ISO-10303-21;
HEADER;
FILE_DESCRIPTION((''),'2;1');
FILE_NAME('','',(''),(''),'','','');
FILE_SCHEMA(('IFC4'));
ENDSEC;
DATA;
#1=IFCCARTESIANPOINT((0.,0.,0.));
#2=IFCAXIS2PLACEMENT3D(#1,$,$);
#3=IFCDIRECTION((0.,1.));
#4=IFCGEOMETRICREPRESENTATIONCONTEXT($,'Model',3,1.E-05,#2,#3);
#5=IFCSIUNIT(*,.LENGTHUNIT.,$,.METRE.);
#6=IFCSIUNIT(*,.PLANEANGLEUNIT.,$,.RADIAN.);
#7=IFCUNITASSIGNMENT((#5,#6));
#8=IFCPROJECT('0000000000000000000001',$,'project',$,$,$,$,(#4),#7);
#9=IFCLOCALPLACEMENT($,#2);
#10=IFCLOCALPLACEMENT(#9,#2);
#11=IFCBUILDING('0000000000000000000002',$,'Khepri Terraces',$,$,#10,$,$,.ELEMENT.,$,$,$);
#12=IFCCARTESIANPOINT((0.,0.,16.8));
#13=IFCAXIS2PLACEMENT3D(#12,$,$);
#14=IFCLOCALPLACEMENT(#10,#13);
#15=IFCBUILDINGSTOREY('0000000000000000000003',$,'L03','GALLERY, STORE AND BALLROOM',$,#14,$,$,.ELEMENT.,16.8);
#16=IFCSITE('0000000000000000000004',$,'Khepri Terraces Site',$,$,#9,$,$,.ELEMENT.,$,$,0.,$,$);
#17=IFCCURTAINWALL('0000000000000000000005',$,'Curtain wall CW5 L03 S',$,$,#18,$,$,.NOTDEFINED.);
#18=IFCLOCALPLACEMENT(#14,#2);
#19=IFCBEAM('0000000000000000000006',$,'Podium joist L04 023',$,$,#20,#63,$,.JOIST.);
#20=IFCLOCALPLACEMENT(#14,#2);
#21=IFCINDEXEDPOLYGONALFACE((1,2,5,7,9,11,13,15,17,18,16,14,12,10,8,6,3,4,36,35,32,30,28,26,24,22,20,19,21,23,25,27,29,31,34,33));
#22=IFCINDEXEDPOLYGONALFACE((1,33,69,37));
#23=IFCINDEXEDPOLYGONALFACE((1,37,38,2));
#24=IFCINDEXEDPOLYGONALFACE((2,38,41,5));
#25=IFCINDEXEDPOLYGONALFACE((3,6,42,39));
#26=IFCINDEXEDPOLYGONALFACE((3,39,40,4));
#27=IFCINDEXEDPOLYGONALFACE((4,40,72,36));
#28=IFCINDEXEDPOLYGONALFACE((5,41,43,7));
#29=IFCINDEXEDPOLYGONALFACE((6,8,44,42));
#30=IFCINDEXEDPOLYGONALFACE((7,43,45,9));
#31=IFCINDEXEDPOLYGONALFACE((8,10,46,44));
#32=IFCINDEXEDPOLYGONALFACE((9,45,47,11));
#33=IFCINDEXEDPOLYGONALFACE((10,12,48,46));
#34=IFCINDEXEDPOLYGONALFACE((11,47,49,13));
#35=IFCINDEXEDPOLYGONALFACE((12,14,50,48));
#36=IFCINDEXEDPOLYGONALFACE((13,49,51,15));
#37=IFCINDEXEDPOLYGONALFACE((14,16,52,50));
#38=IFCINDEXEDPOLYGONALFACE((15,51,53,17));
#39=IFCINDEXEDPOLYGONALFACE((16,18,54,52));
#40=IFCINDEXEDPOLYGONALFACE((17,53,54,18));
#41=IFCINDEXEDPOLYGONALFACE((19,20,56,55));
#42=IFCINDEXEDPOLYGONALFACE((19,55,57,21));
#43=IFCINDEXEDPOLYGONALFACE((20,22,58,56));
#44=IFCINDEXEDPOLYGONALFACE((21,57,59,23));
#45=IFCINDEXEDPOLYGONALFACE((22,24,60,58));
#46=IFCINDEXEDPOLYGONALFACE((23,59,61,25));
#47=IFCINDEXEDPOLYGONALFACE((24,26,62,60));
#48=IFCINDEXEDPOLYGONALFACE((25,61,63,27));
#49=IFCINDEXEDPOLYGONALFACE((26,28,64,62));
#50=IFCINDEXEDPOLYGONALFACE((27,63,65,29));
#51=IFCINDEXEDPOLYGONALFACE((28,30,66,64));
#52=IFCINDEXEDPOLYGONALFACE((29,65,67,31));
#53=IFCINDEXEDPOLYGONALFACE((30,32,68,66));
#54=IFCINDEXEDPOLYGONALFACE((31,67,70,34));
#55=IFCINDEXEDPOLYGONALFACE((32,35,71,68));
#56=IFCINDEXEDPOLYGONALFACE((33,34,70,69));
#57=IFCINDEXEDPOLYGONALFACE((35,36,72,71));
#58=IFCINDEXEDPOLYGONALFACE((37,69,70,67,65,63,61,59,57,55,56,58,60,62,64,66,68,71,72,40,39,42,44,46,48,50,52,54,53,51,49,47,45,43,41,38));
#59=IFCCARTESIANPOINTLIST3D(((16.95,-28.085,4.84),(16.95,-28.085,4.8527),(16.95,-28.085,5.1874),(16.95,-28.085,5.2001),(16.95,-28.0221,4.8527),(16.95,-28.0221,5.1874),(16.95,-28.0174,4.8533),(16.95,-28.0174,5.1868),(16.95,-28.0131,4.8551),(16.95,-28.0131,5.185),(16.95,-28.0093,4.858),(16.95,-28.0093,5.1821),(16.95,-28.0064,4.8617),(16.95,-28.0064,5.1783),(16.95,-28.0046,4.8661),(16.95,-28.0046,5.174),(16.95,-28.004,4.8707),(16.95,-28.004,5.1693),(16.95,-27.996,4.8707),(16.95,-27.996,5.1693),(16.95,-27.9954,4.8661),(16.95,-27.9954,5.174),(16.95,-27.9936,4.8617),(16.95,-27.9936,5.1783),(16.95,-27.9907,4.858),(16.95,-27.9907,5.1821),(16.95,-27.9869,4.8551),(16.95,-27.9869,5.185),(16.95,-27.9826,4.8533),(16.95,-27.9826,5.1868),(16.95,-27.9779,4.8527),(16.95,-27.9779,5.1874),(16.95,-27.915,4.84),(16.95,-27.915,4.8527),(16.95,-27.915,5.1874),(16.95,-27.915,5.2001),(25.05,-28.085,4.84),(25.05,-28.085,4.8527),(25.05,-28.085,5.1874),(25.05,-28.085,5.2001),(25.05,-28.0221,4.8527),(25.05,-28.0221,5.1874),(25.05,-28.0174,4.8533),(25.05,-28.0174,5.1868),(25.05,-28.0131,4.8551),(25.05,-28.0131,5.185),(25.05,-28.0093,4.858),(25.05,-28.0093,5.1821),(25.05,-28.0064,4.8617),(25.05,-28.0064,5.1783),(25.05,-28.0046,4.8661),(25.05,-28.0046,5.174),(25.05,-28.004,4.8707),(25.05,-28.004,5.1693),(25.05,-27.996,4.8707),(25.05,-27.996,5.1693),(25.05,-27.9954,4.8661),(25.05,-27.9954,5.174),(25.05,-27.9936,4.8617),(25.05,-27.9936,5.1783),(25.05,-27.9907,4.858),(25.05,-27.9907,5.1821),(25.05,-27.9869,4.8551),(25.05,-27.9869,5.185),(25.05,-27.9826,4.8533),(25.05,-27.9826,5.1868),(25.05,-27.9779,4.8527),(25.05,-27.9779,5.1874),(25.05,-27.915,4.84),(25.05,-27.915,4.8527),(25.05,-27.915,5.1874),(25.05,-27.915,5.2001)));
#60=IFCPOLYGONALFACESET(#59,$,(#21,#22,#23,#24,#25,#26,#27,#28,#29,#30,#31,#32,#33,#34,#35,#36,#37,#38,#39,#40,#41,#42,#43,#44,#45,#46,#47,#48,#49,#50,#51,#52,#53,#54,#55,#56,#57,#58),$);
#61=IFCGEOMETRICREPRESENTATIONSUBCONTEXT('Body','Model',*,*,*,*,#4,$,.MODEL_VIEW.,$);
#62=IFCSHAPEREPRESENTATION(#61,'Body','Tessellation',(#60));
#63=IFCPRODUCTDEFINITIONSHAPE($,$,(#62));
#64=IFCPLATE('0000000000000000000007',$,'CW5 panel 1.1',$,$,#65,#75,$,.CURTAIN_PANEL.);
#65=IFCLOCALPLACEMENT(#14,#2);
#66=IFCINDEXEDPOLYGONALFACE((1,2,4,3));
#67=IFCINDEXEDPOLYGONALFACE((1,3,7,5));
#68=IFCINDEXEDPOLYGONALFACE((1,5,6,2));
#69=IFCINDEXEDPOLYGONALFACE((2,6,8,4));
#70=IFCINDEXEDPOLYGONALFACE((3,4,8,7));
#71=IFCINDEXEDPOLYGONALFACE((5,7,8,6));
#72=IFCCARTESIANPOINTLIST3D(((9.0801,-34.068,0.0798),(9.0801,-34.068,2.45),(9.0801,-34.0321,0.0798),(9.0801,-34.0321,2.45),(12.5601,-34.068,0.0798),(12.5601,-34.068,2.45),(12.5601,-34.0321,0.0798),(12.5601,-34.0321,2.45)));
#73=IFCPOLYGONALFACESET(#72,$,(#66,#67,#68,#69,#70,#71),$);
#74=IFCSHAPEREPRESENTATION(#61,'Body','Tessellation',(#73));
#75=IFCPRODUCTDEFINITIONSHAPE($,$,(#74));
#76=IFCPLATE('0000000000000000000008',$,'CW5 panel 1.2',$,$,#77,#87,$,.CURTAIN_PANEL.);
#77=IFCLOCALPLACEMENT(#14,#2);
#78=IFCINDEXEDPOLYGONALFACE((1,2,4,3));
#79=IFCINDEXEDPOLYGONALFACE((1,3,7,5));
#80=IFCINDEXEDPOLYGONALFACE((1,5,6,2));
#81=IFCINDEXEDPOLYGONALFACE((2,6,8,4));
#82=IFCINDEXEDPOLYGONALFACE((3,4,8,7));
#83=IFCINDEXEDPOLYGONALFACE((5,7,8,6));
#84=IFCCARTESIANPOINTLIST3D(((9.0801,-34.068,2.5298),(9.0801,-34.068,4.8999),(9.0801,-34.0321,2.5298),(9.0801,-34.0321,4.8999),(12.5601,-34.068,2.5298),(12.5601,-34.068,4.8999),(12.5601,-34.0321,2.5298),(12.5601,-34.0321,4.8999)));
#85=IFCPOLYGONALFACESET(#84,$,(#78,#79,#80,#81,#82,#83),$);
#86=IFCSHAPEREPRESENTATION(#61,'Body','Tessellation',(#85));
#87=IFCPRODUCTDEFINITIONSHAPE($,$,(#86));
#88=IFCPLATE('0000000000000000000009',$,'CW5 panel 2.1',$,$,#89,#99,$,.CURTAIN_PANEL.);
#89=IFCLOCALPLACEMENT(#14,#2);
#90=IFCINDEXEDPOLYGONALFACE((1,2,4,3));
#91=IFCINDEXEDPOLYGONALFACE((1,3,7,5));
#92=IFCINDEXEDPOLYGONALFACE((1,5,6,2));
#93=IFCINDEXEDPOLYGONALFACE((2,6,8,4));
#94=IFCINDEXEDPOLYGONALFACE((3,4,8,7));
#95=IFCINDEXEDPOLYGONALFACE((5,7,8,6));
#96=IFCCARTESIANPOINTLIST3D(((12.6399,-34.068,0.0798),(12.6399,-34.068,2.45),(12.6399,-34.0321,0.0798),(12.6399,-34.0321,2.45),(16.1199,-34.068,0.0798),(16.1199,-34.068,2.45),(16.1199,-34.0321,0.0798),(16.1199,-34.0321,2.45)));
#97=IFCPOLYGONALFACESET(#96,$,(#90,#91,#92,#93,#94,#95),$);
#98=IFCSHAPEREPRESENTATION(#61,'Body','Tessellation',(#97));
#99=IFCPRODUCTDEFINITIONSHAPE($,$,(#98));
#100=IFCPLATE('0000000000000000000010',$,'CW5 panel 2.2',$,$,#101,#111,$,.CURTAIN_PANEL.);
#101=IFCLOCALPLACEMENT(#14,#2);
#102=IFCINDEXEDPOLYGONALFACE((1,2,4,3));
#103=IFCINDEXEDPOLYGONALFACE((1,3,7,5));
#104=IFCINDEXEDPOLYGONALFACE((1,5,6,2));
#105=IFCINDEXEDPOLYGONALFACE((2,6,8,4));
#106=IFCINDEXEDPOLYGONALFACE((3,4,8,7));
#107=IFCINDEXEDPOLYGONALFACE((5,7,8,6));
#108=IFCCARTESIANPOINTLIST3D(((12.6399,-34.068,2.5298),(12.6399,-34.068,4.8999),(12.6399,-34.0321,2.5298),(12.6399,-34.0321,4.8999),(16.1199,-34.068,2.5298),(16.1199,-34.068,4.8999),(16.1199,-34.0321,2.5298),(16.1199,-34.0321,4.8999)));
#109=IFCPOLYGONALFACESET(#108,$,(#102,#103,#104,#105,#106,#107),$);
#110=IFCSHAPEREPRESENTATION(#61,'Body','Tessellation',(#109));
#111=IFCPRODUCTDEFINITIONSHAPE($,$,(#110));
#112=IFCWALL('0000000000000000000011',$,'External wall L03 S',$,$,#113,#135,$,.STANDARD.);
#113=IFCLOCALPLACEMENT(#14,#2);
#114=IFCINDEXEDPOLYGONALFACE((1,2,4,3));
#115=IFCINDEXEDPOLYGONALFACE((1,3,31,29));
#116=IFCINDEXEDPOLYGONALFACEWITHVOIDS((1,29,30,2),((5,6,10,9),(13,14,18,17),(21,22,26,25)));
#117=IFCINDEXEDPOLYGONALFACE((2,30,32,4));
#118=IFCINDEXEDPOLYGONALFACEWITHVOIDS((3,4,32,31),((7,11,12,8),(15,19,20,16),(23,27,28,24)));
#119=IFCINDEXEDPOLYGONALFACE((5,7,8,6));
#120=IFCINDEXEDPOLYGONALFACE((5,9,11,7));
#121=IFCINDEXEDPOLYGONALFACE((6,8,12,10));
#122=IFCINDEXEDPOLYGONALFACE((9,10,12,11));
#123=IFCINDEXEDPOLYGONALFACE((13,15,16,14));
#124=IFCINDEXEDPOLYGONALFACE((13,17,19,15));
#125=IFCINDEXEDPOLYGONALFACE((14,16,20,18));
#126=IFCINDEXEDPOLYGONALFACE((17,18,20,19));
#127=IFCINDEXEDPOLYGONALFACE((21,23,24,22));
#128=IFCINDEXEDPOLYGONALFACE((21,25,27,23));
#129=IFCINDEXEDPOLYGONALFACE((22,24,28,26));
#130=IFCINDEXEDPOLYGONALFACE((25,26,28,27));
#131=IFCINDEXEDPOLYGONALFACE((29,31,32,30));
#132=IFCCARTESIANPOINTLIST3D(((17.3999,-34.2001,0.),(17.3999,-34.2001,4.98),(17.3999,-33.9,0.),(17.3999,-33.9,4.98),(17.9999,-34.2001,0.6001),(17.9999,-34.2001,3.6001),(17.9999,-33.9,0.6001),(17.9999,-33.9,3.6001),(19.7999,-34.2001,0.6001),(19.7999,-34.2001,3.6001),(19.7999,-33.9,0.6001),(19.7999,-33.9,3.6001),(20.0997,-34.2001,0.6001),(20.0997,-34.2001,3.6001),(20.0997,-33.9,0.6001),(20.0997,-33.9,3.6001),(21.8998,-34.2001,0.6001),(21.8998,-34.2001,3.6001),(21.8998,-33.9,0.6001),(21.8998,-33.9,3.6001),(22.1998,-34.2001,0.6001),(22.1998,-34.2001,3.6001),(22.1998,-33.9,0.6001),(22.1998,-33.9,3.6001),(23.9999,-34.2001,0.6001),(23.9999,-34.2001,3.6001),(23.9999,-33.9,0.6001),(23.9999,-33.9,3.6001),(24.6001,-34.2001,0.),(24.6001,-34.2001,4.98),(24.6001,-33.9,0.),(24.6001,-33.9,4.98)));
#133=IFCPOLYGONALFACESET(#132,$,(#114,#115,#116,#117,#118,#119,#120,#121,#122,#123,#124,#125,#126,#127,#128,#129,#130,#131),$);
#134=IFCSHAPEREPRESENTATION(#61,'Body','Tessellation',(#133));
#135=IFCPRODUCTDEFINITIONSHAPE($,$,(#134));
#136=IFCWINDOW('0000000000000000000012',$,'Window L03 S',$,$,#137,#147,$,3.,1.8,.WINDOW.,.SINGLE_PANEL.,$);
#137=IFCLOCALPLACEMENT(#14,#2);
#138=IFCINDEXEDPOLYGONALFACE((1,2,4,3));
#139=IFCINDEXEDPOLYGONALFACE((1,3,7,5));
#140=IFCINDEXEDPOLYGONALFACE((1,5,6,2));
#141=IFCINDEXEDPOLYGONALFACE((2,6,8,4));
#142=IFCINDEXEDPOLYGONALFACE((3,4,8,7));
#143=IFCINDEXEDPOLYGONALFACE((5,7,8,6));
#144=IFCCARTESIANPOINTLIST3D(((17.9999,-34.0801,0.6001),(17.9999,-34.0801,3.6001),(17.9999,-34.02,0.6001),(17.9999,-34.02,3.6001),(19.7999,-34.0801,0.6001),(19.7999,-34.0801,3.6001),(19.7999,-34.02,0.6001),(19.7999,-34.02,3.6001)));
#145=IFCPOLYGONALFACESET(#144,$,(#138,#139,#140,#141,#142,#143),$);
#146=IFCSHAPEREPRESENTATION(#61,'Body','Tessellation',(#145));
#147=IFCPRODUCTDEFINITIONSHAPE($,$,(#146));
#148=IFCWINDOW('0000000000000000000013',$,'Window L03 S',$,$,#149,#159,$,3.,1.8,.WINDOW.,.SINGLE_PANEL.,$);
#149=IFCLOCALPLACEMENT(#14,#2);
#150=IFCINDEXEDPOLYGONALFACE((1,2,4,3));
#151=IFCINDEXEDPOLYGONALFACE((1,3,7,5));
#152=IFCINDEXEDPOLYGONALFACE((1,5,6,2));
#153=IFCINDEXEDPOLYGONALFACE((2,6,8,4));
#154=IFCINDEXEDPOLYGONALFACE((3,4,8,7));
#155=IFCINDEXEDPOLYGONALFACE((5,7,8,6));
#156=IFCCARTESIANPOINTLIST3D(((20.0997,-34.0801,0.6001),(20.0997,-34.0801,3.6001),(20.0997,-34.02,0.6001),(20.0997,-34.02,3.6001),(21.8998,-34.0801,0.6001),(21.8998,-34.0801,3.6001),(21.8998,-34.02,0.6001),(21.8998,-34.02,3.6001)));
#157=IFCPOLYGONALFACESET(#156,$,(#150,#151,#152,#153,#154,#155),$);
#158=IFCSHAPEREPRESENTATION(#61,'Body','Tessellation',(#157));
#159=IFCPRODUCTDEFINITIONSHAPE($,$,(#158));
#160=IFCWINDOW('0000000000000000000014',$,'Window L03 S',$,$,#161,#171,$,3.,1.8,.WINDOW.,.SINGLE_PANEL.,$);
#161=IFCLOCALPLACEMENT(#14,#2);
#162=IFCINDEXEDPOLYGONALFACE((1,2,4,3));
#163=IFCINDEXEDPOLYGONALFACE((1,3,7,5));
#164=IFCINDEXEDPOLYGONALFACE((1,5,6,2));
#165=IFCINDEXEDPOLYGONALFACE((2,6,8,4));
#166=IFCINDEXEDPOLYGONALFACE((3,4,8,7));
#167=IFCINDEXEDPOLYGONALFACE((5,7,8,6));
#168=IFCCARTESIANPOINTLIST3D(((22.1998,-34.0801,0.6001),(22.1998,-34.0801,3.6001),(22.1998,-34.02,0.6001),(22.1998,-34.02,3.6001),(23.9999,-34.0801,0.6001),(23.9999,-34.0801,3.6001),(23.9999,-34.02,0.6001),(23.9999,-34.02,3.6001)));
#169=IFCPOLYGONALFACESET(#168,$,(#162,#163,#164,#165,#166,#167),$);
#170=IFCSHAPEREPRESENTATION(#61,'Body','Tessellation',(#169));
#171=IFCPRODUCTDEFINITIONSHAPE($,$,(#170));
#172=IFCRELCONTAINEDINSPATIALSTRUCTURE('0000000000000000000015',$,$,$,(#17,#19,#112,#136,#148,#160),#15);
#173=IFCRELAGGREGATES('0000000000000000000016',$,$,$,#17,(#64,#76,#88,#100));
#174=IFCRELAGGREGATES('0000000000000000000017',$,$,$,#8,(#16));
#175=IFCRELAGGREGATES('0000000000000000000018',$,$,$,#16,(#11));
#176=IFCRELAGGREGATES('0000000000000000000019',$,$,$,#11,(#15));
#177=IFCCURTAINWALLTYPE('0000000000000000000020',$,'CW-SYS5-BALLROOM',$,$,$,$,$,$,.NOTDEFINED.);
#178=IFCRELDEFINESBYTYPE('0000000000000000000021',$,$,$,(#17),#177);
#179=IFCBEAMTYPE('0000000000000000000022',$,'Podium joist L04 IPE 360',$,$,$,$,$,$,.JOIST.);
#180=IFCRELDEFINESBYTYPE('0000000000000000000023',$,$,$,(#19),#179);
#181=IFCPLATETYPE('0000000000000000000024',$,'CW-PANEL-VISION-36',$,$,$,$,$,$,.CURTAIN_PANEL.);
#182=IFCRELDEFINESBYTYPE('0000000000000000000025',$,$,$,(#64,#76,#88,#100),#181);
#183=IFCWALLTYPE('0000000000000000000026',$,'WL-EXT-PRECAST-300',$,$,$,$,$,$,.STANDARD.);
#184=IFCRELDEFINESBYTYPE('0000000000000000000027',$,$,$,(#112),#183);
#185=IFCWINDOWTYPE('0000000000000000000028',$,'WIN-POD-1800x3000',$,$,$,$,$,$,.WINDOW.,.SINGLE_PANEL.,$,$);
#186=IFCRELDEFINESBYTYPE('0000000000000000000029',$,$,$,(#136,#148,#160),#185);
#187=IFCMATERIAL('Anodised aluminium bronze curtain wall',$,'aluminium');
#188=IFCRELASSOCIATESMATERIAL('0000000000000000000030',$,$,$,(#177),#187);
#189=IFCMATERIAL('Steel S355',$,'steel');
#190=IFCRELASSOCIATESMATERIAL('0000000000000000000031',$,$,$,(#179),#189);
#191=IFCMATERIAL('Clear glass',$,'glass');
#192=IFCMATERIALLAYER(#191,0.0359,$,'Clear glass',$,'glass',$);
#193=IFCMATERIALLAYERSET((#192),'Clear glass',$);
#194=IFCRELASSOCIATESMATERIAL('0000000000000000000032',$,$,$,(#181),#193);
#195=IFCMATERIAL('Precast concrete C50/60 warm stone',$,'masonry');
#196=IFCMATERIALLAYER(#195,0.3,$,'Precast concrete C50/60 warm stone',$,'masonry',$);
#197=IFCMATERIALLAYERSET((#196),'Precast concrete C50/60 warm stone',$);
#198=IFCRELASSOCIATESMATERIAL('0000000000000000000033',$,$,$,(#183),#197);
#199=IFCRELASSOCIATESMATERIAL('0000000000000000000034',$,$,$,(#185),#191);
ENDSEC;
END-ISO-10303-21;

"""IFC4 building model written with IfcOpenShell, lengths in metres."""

from ifc_helpers import new_model, si_unit, direction, frame, frame_2d, origin, origin_2d, place, context, subcontext, project, spatial, rectangle, i_section, extrude, material, layer, layer_set, material_profile, profile_set, type_object, element, fill, aggregate, save


model = new_model("IFC4")

# Units and contexts
model_context = context("Model", 3, precision=1e-05, world=origin(), true_north=direction((0.0, 1.0)))
body_context = subcontext(model_context, "Body", "Model", "MODEL_VIEW")
ifc_project = project(units=[si_unit("LENGTHUNIT", "METRE"), si_unit("PLANEANGLEUNIT", "RADIAN")], contexts=[model_context])

# Site, building, storey
site_placement = place(None, origin())
site = spatial("IfcSite", under=ifc_project, at=site_placement, Name="Khepri Terraces Site", CompositionType="ELEMENT", RefElevation=0.0)
building_placement = place(site_placement, origin())
building = spatial("IfcBuilding", under=site, at=building_placement, Name="Khepri Terraces", CompositionType="ELEMENT")
storey_placement = place(building_placement, frame((0.0, 0.0, 16.8)))
storey = spatial("IfcBuildingStorey", under=building, at=storey_placement, Name="L03", Description="GALLERY, STORE AND BALLROOM", CompositionType="ELEMENT", Elevation=16.8)

# Curtain wall
ifc_material_1 = material(Name="Anodised aluminium bronze curtain wall", Category="aluminium")
curtain_wall_type = type_object("IfcCurtainWallType", Name="CW-SYS5-BALLROOM", PredefinedType="NOTDEFINED", material=ifc_material_1)
curtain_wall_placement = place(storey_placement, origin())
curtain_wall = element("IfcCurtainWall", 1, at=curtain_wall_placement, inside=storey, type_object=curtain_wall_type, Name="Curtain wall CW5 L03 S", PredefinedType="NOTDEFINED")

# Beam
ifc_material_2 = material(Name="Steel S355", Category="steel")
ifc_material_profile_1 = material_profile(ifc_material_2, i_section(OverallWidth=0.1699, OverallDepth=0.3601, WebThickness=0.0081, FlangeThickness=0.0127, FilletRadius=0.0181, at=origin_2d()), Name="Steel S355", Category="steel")
ifc_profile_set_1 = profile_set([ifc_material_profile_1], Name="Steel S355")
beam_type_1 = type_object("IfcBeamType", Name="Podium joist L04 IPE 360", PredefinedType="JOIST", material=ifc_profile_set_1)
for number, where, z_axis, x_axis, name in (
    (2, (16.95, -28.0, 5.02), (1.0, 0.0, 0.0), (0.0, 1.0, 0.0), "Podium joist L04 023"),
):
    element("IfcBeam", number, at=place(storey_placement, frame(where, z_axis=z_axis, x_axis=x_axis)), inside=storey, type_object=beam_type_1, Name=name, PredefinedType="JOIST", context=body_context, shape_type="SweptSolid", body=[
        extrude(i_section(OverallWidth=0.1699, OverallDepth=0.3601, WebThickness=0.0081, FlangeThickness=0.0127, FilletRadius=0.0181, at=origin_2d()), origin(), (0.0, 0.0, 1.0), 8.1001),
    ])

# Plates
ifc_material_3 = material(Name="Clear glass", Category="glass")
ifc_layer_1 = layer(ifc_material_3, 0.0359, Name="Clear glass", Category="glass")
ifc_layer_set_1 = layer_set([ifc_layer_1], Name="Clear glass")
plate_type = type_object("IfcPlateType", Name="CW-PANEL-VISION-36", PredefinedType="CURTAIN_PANEL", material=ifc_layer_set_1)
plate_1_placement = place(storey_placement, frame((10.8201, -34.05, 0.0798), z_axis=(0.0, 0.0, 1.0), x_axis=(1.0, 0.0, 0.0)))
plate_1 = element("IfcPlate", 3, at=plate_1_placement, type_object=plate_type, Name="CW5 panel 1.1", PredefinedType="CURTAIN_PANEL", context=body_context, shape_type="SweptSolid", body=[
    extrude(rectangle(XDim=3.48, YDim=0.0359, at=origin_2d()), origin(), (0.0, 0.0, 1.0), 2.3701),
])
plate_2_placement = place(storey_placement, frame((10.8201, -34.05, 2.5298), z_axis=(0.0, 0.0, 1.0), x_axis=(1.0, 0.0, 0.0)))
plate_2 = element("IfcPlate", 4, at=plate_2_placement, type_object=plate_type, Name="CW5 panel 1.2", PredefinedType="CURTAIN_PANEL", context=body_context, shape_type="SweptSolid", body=[
    extrude(rectangle(XDim=3.48, YDim=0.0359, at=origin_2d()), origin(), (0.0, 0.0, 1.0), 2.3701),
])
plate_3_placement = place(storey_placement, frame((14.3799, -34.05, 0.0798), z_axis=(0.0, 0.0, 1.0), x_axis=(1.0, 0.0, 0.0)))
plate_3 = element("IfcPlate", 5, at=plate_3_placement, type_object=plate_type, Name="CW5 panel 2.1", PredefinedType="CURTAIN_PANEL", context=body_context, shape_type="SweptSolid", body=[
    extrude(rectangle(XDim=3.48, YDim=0.0359, at=origin_2d()), origin(), (0.0, 0.0, 1.0), 2.3701),
])
plate_4_placement = place(storey_placement, frame((14.3799, -34.05, 2.5298), z_axis=(0.0, 0.0, 1.0), x_axis=(1.0, 0.0, 0.0)))
plate_4 = element("IfcPlate", 6, at=plate_4_placement, type_object=plate_type, Name="CW5 panel 2.2", PredefinedType="CURTAIN_PANEL", context=body_context, shape_type="SweptSolid", body=[
    extrude(rectangle(XDim=3.48, YDim=0.0359, at=origin_2d()), origin(), (0.0, 0.0, 1.0), 2.3701),
])
aggregate(curtain_wall, [plate_1, plate_2, plate_3, plate_4])

# Wall, openings, windows
ifc_material_4 = material(Name="Precast concrete C50/60 warm stone", Category="masonry")
ifc_layer_2 = layer(ifc_material_4, 0.3, Name="Precast concrete C50/60 warm stone", Category="masonry")
ifc_layer_set_2 = layer_set([ifc_layer_2], Name="Precast concrete C50/60 warm stone")
wall_type_1 = type_object("IfcWallType", Name="WL-EXT-PRECAST-300", PredefinedType="STANDARD", material=ifc_layer_set_2)
wall_1_placement = place(storey_placement, frame((17.3999, -34.05, 0.0), z_axis=(0.0, 0.0, 1.0), x_axis=(1.0, 0.0, 0.0)))
wall_1 = element("IfcWall", 7, at=wall_1_placement, inside=storey, type_object=wall_type_1, Name="External wall L03 S", PredefinedType="STANDARD", context=body_context, shape_type="SweptSolid", body=[
    extrude(rectangle(XDim=7.2002, YDim=0.3, at=frame_2d((3.6001, 0.0))), origin(), (0.0, 0.0, 1.0), 4.98),
])
opening_1_placement = place(wall_1_placement, frame((0.6001, 0.0, 0.6001)))
opening_1 = element("IfcOpeningElement", 8, at=opening_1_placement, cuts=wall_1, PredefinedType="OPENING", context=body_context, shape_type="SweptSolid", body=[
    extrude(rectangle(XDim=1.8, YDim=3.0, at=frame_2d((0.8999, 1.5))), frame((0.0, 0.1602, 0.0), z_axis=(0.0, -1.0, 0.0), x_axis=(1.0, 0.0, 0.0)), (0.0, 0.0, 1.0), 0.3201),
])
opening_2_placement = place(wall_1_placement, frame((2.7, 0.0, 0.6001)))
opening_2 = element("IfcOpeningElement", 9, at=opening_2_placement, cuts=wall_1, PredefinedType="OPENING", context=body_context, shape_type="SweptSolid", body=[
    extrude(rectangle(XDim=1.8, YDim=3.0, at=frame_2d((0.8999, 1.5))), frame((0.0, 0.1602, 0.0), z_axis=(0.0, -1.0, 0.0), x_axis=(1.0, 0.0, 0.0)), (0.0, 0.0, 1.0), 0.3201),
])
opening_3_placement = place(wall_1_placement, frame((4.8, 0.0, 0.6001)))
opening_3 = element("IfcOpeningElement", 10, at=opening_3_placement, cuts=wall_1, PredefinedType="OPENING", context=body_context, shape_type="SweptSolid", body=[
    extrude(rectangle(XDim=1.8, YDim=3.0, at=frame_2d((0.8999, 1.5))), frame((0.0, 0.1602, 0.0), z_axis=(0.0, -1.0, 0.0), x_axis=(1.0, 0.0, 0.0)), (0.0, 0.0, 1.0), 0.3201),
])
window_type = type_object("IfcWindowType", Name="WIN-POD-1800x3000", PartitioningType="SINGLE_PANEL", PredefinedType="WINDOW", material=ifc_material_3)
window_1_placement = place(opening_1_placement, origin())
window_1 = element("IfcWindow", 11, at=window_1_placement, inside=storey, type_object=window_type, Name="Window L03 S", OverallHeight=3.0, OverallWidth=1.8, PartitioningType="SINGLE_PANEL", PredefinedType="WINDOW", context=body_context, shape_type="SweptSolid", body=[
    extrude(rectangle(XDim=1.8, YDim=3.0, at=frame_2d((0.8999, 1.5))), frame((0.0, 0.03, 0.0), z_axis=(0.0, -1.0, 0.0), x_axis=(1.0, 0.0, 0.0)), (0.0, 0.0, 1.0), 0.0601),
])
fill(opening_1, window_1)
window_2_placement = place(opening_2_placement, origin())
window_2 = element("IfcWindow", 12, at=window_2_placement, inside=storey, type_object=window_type, Name="Window L03 S", OverallHeight=3.0, OverallWidth=1.8, PartitioningType="SINGLE_PANEL", PredefinedType="WINDOW", context=body_context, shape_type="SweptSolid", body=[
    extrude(rectangle(XDim=1.8, YDim=3.0, at=frame_2d((0.8999, 1.5))), frame((0.0, 0.03, 0.0), z_axis=(0.0, -1.0, 0.0), x_axis=(1.0, 0.0, 0.0)), (0.0, 0.0, 1.0), 0.0601),
])
fill(opening_2, window_2)
window_3_placement = place(opening_3_placement, origin())
window_3 = element("IfcWindow", 13, at=window_3_placement, inside=storey, type_object=window_type, Name="Window L03 S", OverallHeight=3.0, OverallWidth=1.8, PartitioningType="SINGLE_PANEL", PredefinedType="WINDOW", context=body_context, shape_type="SweptSolid", body=[
    extrude(rectangle(XDim=1.8, YDim=3.0, at=frame_2d((0.8999, 1.5))), frame((0.0, 0.03, 0.0), z_axis=(0.0, -1.0, 0.0), x_axis=(1.0, 0.0, 0.0)), (0.0, 0.0, 1.0), 0.0601),
])
fill(opening_3, window_3)

save(model, "model.ifc")
